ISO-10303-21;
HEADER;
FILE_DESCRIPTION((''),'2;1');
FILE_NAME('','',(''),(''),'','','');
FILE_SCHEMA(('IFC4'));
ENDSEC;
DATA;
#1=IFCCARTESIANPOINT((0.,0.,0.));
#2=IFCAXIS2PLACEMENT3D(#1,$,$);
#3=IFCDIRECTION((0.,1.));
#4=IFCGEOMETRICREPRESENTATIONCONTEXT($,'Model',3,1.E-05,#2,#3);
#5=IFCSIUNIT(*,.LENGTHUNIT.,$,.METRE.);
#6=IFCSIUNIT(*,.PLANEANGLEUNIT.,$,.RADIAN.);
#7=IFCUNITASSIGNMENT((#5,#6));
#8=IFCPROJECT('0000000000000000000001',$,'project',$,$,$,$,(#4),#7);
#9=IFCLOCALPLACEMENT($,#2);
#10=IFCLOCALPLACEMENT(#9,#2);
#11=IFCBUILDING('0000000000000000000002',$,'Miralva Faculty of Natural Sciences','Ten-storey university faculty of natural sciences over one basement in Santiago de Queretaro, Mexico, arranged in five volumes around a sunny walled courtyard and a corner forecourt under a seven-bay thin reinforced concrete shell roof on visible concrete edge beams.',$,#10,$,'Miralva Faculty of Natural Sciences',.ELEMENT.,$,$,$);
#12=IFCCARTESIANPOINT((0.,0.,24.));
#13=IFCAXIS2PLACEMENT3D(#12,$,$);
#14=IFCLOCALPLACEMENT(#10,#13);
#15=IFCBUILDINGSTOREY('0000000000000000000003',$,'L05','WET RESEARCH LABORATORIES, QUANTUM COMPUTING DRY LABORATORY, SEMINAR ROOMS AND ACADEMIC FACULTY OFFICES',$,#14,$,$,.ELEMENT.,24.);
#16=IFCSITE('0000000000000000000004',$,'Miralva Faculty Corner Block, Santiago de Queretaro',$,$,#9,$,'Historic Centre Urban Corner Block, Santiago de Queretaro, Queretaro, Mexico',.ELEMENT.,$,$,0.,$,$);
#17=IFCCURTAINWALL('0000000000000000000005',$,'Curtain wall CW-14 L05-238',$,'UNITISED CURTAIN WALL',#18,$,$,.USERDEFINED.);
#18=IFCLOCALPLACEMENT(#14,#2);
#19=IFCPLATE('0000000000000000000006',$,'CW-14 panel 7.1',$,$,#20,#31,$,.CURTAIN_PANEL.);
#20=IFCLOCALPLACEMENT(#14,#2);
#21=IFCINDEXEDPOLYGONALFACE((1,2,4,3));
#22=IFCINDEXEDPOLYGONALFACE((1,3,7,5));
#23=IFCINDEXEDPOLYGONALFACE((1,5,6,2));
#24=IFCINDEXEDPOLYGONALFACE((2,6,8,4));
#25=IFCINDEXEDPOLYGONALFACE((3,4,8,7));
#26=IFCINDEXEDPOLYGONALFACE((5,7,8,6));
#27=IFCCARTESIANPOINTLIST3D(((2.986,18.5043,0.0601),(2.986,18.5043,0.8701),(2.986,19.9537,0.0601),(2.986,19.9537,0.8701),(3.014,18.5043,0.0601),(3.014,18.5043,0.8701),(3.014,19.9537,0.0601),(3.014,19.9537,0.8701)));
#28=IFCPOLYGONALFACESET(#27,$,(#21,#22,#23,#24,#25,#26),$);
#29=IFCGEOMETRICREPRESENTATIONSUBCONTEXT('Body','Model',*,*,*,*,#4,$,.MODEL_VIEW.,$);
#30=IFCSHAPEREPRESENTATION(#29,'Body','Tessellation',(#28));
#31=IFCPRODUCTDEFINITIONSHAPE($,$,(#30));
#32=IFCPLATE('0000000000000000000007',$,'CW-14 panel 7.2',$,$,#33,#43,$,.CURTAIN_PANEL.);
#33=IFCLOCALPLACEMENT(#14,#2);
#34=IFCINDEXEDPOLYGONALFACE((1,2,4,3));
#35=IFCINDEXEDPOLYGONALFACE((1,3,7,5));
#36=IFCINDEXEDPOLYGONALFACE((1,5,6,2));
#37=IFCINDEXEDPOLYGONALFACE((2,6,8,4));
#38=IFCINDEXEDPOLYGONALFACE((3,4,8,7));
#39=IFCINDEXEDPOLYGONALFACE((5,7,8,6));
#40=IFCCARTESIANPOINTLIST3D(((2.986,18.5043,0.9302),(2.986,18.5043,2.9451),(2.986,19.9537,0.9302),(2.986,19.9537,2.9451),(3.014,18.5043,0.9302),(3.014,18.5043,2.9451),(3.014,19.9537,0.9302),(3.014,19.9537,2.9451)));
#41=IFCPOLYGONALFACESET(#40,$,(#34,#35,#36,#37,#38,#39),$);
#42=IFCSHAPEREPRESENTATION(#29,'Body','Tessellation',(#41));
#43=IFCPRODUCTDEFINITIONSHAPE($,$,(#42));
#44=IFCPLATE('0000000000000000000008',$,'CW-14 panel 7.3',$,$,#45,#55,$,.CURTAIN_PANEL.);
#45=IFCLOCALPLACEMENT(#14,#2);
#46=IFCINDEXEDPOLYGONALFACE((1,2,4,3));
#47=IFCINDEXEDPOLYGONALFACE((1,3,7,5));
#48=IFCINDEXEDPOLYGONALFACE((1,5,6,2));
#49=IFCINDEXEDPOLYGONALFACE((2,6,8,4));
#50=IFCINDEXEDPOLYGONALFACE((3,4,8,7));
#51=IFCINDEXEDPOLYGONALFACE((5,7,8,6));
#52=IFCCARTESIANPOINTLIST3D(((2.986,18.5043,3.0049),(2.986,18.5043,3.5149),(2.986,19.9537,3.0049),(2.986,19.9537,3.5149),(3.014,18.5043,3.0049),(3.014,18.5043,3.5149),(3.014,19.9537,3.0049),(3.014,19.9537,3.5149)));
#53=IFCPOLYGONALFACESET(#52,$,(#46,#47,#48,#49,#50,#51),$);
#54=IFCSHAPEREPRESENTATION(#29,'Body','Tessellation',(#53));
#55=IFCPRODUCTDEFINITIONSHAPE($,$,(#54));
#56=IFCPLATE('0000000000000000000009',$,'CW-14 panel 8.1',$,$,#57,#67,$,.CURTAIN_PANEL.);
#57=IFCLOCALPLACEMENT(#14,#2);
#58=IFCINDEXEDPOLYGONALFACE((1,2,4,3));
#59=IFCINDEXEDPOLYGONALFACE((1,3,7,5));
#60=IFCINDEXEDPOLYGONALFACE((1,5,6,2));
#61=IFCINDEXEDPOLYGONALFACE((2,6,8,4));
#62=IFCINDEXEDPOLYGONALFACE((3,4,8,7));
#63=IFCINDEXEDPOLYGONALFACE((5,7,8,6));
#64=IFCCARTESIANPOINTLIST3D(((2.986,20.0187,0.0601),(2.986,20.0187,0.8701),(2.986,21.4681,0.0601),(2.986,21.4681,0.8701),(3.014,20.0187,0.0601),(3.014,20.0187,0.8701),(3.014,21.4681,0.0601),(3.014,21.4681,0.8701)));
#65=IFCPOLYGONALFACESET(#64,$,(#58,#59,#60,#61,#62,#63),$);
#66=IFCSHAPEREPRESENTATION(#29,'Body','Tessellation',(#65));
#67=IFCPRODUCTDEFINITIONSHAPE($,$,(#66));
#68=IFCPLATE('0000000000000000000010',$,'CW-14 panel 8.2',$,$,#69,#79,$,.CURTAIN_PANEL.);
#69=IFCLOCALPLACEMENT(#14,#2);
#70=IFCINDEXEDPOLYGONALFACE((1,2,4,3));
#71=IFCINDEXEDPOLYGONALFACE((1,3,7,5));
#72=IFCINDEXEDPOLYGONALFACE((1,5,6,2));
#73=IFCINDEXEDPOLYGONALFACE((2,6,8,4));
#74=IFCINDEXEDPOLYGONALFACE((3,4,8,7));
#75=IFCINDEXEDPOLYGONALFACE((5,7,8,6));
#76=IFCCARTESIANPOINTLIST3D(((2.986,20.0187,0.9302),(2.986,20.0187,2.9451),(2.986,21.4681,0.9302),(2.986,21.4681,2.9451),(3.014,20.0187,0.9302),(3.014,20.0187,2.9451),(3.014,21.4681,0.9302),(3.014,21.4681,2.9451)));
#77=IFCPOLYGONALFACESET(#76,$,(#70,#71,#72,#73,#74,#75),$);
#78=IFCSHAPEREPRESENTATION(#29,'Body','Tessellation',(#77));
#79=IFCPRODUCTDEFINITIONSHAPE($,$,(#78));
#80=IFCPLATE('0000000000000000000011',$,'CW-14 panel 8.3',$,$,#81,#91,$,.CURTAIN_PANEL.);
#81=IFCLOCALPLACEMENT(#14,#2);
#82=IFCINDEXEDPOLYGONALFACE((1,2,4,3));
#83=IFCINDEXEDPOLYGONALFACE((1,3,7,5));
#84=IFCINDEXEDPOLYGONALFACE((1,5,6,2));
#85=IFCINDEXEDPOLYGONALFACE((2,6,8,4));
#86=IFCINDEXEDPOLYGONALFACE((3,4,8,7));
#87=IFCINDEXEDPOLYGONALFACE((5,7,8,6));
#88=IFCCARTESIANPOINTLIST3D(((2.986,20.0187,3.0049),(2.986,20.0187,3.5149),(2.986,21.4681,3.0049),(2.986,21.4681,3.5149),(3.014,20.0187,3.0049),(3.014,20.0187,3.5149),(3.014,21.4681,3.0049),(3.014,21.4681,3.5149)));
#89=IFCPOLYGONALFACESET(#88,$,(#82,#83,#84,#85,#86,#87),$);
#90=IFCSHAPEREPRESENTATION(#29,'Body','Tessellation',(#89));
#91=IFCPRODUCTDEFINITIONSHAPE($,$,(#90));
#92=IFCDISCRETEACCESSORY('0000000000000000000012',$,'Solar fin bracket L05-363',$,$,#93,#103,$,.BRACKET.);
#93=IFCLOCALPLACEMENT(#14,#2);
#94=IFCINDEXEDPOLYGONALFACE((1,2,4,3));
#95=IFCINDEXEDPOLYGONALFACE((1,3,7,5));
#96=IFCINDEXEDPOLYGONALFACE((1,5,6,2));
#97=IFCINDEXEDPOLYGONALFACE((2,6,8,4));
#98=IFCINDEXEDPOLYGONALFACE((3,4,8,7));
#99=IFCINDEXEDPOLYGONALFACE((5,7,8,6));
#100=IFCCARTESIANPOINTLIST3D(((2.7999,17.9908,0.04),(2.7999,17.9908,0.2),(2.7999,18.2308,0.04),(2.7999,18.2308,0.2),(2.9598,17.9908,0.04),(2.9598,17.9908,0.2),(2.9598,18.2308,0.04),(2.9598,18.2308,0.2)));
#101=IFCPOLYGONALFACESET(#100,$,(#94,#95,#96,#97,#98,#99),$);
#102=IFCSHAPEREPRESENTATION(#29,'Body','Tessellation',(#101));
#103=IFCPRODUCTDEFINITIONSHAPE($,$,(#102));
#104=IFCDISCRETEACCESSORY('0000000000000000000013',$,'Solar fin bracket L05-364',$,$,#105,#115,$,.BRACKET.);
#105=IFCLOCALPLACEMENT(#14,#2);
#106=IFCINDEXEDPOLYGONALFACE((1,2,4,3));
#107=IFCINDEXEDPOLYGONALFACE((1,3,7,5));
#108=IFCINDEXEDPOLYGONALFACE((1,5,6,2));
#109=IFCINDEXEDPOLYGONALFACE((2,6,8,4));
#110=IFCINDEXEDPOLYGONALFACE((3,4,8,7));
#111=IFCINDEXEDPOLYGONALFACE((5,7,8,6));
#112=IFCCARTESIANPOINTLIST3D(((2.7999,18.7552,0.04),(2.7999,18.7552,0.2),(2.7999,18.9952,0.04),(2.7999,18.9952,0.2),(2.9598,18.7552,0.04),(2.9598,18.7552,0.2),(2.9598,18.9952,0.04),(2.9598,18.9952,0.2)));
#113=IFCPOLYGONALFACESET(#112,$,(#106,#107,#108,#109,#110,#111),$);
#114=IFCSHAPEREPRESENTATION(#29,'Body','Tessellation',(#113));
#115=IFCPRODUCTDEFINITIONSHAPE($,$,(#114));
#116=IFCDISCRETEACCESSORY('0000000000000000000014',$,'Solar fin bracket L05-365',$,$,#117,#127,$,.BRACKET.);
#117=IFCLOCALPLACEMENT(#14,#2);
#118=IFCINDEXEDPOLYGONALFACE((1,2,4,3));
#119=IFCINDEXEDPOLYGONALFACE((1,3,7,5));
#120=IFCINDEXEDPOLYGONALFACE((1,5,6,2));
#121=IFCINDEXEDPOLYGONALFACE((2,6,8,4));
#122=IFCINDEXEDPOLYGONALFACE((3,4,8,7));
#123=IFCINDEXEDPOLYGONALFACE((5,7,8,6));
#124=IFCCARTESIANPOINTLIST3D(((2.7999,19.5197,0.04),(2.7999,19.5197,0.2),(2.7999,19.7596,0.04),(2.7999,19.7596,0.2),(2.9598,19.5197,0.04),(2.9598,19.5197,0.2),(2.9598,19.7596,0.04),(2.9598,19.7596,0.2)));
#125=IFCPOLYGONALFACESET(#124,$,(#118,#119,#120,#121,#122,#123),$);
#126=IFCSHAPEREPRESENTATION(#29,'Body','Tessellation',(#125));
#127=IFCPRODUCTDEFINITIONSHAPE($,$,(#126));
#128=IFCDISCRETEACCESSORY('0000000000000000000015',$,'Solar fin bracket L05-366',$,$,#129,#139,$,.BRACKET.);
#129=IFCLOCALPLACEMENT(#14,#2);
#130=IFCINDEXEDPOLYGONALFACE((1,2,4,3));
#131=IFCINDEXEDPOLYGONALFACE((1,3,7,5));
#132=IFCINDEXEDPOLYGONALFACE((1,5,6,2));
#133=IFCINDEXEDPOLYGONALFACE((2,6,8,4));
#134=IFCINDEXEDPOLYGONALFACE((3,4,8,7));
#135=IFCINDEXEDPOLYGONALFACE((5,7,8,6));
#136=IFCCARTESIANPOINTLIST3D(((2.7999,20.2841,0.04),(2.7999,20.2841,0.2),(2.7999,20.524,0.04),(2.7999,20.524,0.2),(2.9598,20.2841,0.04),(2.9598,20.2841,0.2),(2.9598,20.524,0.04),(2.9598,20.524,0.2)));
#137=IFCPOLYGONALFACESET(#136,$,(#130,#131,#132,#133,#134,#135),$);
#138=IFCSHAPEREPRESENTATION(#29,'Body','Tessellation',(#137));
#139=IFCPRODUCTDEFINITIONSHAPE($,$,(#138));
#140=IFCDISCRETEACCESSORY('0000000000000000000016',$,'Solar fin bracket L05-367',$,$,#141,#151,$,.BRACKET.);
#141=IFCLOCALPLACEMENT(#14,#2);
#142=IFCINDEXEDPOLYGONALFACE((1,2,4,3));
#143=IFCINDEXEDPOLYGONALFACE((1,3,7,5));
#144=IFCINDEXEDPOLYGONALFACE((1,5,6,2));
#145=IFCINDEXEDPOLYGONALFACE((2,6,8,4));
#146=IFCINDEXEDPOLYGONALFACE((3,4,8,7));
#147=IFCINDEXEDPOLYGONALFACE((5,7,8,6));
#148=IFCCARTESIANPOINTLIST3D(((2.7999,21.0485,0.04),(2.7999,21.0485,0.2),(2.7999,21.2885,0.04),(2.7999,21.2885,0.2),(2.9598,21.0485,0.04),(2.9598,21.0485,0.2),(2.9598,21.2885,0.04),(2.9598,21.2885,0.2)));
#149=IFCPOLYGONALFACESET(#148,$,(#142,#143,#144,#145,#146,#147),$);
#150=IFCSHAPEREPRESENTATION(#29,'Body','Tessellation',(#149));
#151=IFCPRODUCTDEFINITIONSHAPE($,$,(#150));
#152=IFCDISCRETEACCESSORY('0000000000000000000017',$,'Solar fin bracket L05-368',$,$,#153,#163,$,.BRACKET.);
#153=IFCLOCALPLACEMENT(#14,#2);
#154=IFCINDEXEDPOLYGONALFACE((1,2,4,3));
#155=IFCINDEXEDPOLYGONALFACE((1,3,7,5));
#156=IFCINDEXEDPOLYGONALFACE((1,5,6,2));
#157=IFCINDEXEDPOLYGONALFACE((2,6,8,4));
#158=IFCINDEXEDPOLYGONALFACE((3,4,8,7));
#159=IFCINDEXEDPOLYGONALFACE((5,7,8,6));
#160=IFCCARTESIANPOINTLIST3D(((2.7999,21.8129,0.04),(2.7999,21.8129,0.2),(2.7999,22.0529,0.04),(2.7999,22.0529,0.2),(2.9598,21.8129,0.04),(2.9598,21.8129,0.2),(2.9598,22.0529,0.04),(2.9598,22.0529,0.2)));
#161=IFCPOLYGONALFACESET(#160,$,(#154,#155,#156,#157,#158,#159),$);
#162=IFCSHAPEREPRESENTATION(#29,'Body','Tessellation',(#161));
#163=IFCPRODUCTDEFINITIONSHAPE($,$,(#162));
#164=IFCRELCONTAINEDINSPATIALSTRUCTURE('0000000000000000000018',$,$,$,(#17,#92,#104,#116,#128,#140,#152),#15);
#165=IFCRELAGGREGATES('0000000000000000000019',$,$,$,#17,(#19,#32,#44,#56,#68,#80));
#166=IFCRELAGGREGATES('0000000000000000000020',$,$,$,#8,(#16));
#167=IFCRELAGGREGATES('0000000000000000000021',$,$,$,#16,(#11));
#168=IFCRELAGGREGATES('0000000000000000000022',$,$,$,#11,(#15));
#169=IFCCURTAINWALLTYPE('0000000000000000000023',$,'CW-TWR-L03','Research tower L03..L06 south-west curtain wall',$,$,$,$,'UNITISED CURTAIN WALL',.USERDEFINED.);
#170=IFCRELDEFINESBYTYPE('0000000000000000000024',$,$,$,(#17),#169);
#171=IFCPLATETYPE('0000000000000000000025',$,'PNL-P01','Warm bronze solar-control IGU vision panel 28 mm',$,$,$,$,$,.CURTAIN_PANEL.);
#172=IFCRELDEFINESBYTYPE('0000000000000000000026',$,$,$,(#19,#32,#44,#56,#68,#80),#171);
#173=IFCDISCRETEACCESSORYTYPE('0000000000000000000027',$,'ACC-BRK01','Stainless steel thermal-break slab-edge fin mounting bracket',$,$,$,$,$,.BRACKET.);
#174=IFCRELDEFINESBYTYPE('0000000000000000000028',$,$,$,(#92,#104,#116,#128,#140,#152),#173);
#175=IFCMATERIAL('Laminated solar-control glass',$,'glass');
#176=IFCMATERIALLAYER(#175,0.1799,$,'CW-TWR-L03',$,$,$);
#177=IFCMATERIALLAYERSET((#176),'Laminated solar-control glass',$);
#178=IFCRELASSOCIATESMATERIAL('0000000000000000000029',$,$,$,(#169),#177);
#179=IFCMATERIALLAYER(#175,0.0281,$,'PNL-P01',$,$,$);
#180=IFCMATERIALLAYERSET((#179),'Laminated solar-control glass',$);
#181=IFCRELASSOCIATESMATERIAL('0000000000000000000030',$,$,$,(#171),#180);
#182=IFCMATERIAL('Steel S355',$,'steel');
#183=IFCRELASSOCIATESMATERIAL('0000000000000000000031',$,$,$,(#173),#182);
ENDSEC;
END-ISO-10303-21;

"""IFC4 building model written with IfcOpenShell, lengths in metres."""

from ifc_helpers import new_model, si_unit, direction, frame, origin, origin_2d, place, context, subcontext, project, spatial, rectangle, extrude, material, layer, layer_set, type_object, element, aggregate, save


model = new_model("IFC4")

# Units and contexts
model_context = context("Model", 3, precision=1e-05, world=origin(), true_north=direction((0.0, 1.0)))
body_context = subcontext(model_context, "Body", "Model", "MODEL_VIEW")
ifc_project = project(units=[si_unit("LENGTHUNIT", "METRE"), si_unit("PLANEANGLEUNIT", "RADIAN")], contexts=[model_context])

# Site, building, storey
site_placement = place(None, origin())
site = spatial("IfcSite", under=ifc_project, at=site_placement, Name="Miralva Faculty Corner Block, Santiago de Queretaro", LongName="Historic Centre Urban Corner Block, Santiago de Queretaro, Queretaro, Mexico", CompositionType="ELEMENT", RefElevation=0.0)
building_placement = place(site_placement, origin())
building = spatial("IfcBuilding", under=site, at=building_placement, Name="Miralva Faculty of Natural Sciences", Description="Ten-storey university faculty of natural sciences over one basement in Santiago de Queretaro, Mexico, arranged in five volumes around a sunny walled courtyard and a corner forecourt under a seven-bay thin reinforced concrete shell roof on visible concrete edge beams.", LongName="Miralva Faculty of Natural Sciences", CompositionType="ELEMENT")
storey_placement = place(building_placement, frame((0.0, 0.0, 24.0)))
storey = spatial("IfcBuildingStorey", under=building, at=storey_placement, Name="L05", Description="WET RESEARCH LABORATORIES, QUANTUM COMPUTING DRY LABORATORY, SEMINAR ROOMS AND ACADEMIC FACULTY OFFICES", CompositionType="ELEMENT", Elevation=24.0)

# Curtain wall
ifc_material_1 = material(Name="Laminated solar-control glass", Category="glass")
ifc_layer_1 = layer(ifc_material_1, 0.1799, Name="CW-TWR-L03")
ifc_layer_set_1 = layer_set([ifc_layer_1], Name="Laminated solar-control glass")
curtain_wall_type = type_object("IfcCurtainWallType", Name="CW-TWR-L03", Description="Research tower L03..L06 south-west curtain wall", ElementType="UNITISED CURTAIN WALL", PredefinedType="USERDEFINED", material=ifc_layer_set_1)
curtain_wall_placement = place(storey_placement, origin())
curtain_wall = element("IfcCurtainWall", 1, at=curtain_wall_placement, inside=storey, type_object=curtain_wall_type, Name="Curtain wall CW-14 L05-238", ObjectType="UNITISED CURTAIN WALL", PredefinedType="USERDEFINED")

# Plates
ifc_layer_2 = layer(ifc_material_1, 0.0281, Name="PNL-P01")
ifc_layer_set_2 = layer_set([ifc_layer_2], Name="Laminated solar-control glass")
plate_type = type_object("IfcPlateType", Name="PNL-P01", Description="Warm bronze solar-control IGU vision panel 28 mm", PredefinedType="CURTAIN_PANEL", material=ifc_layer_set_2)
plate_1_placement = place(storey_placement, frame((3.0, 19.229, 0.0601), z_axis=(0.0, 0.0, 1.0), x_axis=(0.0, 1.0, 0.0)))
plate_1 = element("IfcPlate", 2, at=plate_1_placement, type_object=plate_type, Name="CW-14 panel 7.1", PredefinedType="CURTAIN_PANEL", context=body_context, shape_type="SweptSolid", body=[
    extrude(rectangle(XDim=1.4495, YDim=0.0281, at=origin_2d()), origin(), (0.0, 0.0, 1.0), 0.8101),
])
plate_2_placement = place(storey_placement, frame((3.0, 19.229, 0.9302), z_axis=(0.0, 0.0, 1.0), x_axis=(0.0, 1.0, 0.0)))
plate_2 = element("IfcPlate", 3, at=plate_2_placement, type_object=plate_type, Name="CW-14 panel 7.2", PredefinedType="CURTAIN_PANEL", context=body_context, shape_type="SweptSolid", body=[
    extrude(rectangle(XDim=1.4495, YDim=0.0281, at=origin_2d()), origin(), (0.0, 0.0, 1.0), 2.0149),
])
plate_3_placement = place(storey_placement, frame((3.0, 19.229, 3.0049), z_axis=(0.0, 0.0, 1.0), x_axis=(0.0, 1.0, 0.0)))
plate_3 = element("IfcPlate", 4, at=plate_3_placement, type_object=plate_type, Name="CW-14 panel 7.3", PredefinedType="CURTAIN_PANEL", context=body_context, shape_type="SweptSolid", body=[
    extrude(rectangle(XDim=1.4495, YDim=0.0281, at=origin_2d()), origin(), (0.0, 0.0, 1.0), 0.51),
])
plate_4_placement = place(storey_placement, frame((3.0, 20.7434, 0.0601), z_axis=(0.0, 0.0, 1.0), x_axis=(0.0, 1.0, 0.0)))
plate_4 = element("IfcPlate", 5, at=plate_4_placement, type_object=plate_type, Name="CW-14 panel 8.1", PredefinedType="CURTAIN_PANEL", context=body_context, shape_type="SweptSolid", body=[
    extrude(rectangle(XDim=1.4495, YDim=0.0281, at=origin_2d()), origin(), (0.0, 0.0, 1.0), 0.8101),
])
plate_5_placement = place(storey_placement, frame((3.0, 20.7434, 0.9302), z_axis=(0.0, 0.0, 1.0), x_axis=(0.0, 1.0, 0.0)))
plate_5 = element("IfcPlate", 6, at=plate_5_placement, type_object=plate_type, Name="CW-14 panel 8.2", PredefinedType="CURTAIN_PANEL", context=body_context, shape_type="SweptSolid", body=[
    extrude(rectangle(XDim=1.4495, YDim=0.0281, at=origin_2d()), origin(), (0.0, 0.0, 1.0), 2.0149),
])
plate_6_placement = place(storey_placement, frame((3.0, 20.7434, 3.0049), z_axis=(0.0, 0.0, 1.0), x_axis=(0.0, 1.0, 0.0)))
plate_6 = element("IfcPlate", 7, at=plate_6_placement, type_object=plate_type, Name="CW-14 panel 8.3", PredefinedType="CURTAIN_PANEL", context=body_context, shape_type="SweptSolid", body=[
    extrude(rectangle(XDim=1.4495, YDim=0.0281, at=origin_2d()), origin(), (0.0, 0.0, 1.0), 0.51),
])
aggregate(curtain_wall, [plate_1, plate_2, plate_3, plate_4, plate_5, plate_6])

# Discrete accessories
ifc_material_2 = material(Name="Steel S355", Category="steel")
discrete_accessory_type = type_object("IfcDiscreteAccessoryType", Name="ACC-BRK01", Description="Stainless steel thermal-break slab-edge fin mounting bracket", PredefinedType="BRACKET", material=ifc_material_2)
for number, where, z_axis, x_axis, name in (
    (8, (2.8799, 18.1108, 0.04), (0.0, 0.0, 1.0), (-1.0, 0.0, 0.0), "Solar fin bracket L05-363"),
    (9, (2.8799, 18.8752, 0.04), (0.0, 0.0, 1.0), (-1.0, 0.0, 0.0), "Solar fin bracket L05-364"),
    (10, (2.8799, 19.6396, 0.04), (0.0, 0.0, 1.0), (-1.0, 0.0, 0.0), "Solar fin bracket L05-365"),
    (11, (2.8799, 20.4041, 0.04), (0.0, 0.0, 1.0), (-1.0, 0.0, 0.0), "Solar fin bracket L05-366"),
    (12, (2.8799, 21.1685, 0.04), (0.0, 0.0, 1.0), (-1.0, 0.0, 0.0), "Solar fin bracket L05-367"),
    (13, (2.8799, 21.9329, 0.04), (0.0, 0.0, 1.0), (-1.0, 0.0, 0.0), "Solar fin bracket L05-368"),
):
    element("IfcDiscreteAccessory", number, at=place(storey_placement, frame(where, z_axis=z_axis, x_axis=x_axis)), inside=storey, type_object=discrete_accessory_type, Name=name, PredefinedType="BRACKET", context=body_context, shape_type="SweptSolid", body=[
        extrude(rectangle(XDim=0.1599, YDim=0.24, at=origin_2d()), origin(), (0.0, 0.0, 1.0), 0.1599),
    ])

save(model, "model.ifc")
